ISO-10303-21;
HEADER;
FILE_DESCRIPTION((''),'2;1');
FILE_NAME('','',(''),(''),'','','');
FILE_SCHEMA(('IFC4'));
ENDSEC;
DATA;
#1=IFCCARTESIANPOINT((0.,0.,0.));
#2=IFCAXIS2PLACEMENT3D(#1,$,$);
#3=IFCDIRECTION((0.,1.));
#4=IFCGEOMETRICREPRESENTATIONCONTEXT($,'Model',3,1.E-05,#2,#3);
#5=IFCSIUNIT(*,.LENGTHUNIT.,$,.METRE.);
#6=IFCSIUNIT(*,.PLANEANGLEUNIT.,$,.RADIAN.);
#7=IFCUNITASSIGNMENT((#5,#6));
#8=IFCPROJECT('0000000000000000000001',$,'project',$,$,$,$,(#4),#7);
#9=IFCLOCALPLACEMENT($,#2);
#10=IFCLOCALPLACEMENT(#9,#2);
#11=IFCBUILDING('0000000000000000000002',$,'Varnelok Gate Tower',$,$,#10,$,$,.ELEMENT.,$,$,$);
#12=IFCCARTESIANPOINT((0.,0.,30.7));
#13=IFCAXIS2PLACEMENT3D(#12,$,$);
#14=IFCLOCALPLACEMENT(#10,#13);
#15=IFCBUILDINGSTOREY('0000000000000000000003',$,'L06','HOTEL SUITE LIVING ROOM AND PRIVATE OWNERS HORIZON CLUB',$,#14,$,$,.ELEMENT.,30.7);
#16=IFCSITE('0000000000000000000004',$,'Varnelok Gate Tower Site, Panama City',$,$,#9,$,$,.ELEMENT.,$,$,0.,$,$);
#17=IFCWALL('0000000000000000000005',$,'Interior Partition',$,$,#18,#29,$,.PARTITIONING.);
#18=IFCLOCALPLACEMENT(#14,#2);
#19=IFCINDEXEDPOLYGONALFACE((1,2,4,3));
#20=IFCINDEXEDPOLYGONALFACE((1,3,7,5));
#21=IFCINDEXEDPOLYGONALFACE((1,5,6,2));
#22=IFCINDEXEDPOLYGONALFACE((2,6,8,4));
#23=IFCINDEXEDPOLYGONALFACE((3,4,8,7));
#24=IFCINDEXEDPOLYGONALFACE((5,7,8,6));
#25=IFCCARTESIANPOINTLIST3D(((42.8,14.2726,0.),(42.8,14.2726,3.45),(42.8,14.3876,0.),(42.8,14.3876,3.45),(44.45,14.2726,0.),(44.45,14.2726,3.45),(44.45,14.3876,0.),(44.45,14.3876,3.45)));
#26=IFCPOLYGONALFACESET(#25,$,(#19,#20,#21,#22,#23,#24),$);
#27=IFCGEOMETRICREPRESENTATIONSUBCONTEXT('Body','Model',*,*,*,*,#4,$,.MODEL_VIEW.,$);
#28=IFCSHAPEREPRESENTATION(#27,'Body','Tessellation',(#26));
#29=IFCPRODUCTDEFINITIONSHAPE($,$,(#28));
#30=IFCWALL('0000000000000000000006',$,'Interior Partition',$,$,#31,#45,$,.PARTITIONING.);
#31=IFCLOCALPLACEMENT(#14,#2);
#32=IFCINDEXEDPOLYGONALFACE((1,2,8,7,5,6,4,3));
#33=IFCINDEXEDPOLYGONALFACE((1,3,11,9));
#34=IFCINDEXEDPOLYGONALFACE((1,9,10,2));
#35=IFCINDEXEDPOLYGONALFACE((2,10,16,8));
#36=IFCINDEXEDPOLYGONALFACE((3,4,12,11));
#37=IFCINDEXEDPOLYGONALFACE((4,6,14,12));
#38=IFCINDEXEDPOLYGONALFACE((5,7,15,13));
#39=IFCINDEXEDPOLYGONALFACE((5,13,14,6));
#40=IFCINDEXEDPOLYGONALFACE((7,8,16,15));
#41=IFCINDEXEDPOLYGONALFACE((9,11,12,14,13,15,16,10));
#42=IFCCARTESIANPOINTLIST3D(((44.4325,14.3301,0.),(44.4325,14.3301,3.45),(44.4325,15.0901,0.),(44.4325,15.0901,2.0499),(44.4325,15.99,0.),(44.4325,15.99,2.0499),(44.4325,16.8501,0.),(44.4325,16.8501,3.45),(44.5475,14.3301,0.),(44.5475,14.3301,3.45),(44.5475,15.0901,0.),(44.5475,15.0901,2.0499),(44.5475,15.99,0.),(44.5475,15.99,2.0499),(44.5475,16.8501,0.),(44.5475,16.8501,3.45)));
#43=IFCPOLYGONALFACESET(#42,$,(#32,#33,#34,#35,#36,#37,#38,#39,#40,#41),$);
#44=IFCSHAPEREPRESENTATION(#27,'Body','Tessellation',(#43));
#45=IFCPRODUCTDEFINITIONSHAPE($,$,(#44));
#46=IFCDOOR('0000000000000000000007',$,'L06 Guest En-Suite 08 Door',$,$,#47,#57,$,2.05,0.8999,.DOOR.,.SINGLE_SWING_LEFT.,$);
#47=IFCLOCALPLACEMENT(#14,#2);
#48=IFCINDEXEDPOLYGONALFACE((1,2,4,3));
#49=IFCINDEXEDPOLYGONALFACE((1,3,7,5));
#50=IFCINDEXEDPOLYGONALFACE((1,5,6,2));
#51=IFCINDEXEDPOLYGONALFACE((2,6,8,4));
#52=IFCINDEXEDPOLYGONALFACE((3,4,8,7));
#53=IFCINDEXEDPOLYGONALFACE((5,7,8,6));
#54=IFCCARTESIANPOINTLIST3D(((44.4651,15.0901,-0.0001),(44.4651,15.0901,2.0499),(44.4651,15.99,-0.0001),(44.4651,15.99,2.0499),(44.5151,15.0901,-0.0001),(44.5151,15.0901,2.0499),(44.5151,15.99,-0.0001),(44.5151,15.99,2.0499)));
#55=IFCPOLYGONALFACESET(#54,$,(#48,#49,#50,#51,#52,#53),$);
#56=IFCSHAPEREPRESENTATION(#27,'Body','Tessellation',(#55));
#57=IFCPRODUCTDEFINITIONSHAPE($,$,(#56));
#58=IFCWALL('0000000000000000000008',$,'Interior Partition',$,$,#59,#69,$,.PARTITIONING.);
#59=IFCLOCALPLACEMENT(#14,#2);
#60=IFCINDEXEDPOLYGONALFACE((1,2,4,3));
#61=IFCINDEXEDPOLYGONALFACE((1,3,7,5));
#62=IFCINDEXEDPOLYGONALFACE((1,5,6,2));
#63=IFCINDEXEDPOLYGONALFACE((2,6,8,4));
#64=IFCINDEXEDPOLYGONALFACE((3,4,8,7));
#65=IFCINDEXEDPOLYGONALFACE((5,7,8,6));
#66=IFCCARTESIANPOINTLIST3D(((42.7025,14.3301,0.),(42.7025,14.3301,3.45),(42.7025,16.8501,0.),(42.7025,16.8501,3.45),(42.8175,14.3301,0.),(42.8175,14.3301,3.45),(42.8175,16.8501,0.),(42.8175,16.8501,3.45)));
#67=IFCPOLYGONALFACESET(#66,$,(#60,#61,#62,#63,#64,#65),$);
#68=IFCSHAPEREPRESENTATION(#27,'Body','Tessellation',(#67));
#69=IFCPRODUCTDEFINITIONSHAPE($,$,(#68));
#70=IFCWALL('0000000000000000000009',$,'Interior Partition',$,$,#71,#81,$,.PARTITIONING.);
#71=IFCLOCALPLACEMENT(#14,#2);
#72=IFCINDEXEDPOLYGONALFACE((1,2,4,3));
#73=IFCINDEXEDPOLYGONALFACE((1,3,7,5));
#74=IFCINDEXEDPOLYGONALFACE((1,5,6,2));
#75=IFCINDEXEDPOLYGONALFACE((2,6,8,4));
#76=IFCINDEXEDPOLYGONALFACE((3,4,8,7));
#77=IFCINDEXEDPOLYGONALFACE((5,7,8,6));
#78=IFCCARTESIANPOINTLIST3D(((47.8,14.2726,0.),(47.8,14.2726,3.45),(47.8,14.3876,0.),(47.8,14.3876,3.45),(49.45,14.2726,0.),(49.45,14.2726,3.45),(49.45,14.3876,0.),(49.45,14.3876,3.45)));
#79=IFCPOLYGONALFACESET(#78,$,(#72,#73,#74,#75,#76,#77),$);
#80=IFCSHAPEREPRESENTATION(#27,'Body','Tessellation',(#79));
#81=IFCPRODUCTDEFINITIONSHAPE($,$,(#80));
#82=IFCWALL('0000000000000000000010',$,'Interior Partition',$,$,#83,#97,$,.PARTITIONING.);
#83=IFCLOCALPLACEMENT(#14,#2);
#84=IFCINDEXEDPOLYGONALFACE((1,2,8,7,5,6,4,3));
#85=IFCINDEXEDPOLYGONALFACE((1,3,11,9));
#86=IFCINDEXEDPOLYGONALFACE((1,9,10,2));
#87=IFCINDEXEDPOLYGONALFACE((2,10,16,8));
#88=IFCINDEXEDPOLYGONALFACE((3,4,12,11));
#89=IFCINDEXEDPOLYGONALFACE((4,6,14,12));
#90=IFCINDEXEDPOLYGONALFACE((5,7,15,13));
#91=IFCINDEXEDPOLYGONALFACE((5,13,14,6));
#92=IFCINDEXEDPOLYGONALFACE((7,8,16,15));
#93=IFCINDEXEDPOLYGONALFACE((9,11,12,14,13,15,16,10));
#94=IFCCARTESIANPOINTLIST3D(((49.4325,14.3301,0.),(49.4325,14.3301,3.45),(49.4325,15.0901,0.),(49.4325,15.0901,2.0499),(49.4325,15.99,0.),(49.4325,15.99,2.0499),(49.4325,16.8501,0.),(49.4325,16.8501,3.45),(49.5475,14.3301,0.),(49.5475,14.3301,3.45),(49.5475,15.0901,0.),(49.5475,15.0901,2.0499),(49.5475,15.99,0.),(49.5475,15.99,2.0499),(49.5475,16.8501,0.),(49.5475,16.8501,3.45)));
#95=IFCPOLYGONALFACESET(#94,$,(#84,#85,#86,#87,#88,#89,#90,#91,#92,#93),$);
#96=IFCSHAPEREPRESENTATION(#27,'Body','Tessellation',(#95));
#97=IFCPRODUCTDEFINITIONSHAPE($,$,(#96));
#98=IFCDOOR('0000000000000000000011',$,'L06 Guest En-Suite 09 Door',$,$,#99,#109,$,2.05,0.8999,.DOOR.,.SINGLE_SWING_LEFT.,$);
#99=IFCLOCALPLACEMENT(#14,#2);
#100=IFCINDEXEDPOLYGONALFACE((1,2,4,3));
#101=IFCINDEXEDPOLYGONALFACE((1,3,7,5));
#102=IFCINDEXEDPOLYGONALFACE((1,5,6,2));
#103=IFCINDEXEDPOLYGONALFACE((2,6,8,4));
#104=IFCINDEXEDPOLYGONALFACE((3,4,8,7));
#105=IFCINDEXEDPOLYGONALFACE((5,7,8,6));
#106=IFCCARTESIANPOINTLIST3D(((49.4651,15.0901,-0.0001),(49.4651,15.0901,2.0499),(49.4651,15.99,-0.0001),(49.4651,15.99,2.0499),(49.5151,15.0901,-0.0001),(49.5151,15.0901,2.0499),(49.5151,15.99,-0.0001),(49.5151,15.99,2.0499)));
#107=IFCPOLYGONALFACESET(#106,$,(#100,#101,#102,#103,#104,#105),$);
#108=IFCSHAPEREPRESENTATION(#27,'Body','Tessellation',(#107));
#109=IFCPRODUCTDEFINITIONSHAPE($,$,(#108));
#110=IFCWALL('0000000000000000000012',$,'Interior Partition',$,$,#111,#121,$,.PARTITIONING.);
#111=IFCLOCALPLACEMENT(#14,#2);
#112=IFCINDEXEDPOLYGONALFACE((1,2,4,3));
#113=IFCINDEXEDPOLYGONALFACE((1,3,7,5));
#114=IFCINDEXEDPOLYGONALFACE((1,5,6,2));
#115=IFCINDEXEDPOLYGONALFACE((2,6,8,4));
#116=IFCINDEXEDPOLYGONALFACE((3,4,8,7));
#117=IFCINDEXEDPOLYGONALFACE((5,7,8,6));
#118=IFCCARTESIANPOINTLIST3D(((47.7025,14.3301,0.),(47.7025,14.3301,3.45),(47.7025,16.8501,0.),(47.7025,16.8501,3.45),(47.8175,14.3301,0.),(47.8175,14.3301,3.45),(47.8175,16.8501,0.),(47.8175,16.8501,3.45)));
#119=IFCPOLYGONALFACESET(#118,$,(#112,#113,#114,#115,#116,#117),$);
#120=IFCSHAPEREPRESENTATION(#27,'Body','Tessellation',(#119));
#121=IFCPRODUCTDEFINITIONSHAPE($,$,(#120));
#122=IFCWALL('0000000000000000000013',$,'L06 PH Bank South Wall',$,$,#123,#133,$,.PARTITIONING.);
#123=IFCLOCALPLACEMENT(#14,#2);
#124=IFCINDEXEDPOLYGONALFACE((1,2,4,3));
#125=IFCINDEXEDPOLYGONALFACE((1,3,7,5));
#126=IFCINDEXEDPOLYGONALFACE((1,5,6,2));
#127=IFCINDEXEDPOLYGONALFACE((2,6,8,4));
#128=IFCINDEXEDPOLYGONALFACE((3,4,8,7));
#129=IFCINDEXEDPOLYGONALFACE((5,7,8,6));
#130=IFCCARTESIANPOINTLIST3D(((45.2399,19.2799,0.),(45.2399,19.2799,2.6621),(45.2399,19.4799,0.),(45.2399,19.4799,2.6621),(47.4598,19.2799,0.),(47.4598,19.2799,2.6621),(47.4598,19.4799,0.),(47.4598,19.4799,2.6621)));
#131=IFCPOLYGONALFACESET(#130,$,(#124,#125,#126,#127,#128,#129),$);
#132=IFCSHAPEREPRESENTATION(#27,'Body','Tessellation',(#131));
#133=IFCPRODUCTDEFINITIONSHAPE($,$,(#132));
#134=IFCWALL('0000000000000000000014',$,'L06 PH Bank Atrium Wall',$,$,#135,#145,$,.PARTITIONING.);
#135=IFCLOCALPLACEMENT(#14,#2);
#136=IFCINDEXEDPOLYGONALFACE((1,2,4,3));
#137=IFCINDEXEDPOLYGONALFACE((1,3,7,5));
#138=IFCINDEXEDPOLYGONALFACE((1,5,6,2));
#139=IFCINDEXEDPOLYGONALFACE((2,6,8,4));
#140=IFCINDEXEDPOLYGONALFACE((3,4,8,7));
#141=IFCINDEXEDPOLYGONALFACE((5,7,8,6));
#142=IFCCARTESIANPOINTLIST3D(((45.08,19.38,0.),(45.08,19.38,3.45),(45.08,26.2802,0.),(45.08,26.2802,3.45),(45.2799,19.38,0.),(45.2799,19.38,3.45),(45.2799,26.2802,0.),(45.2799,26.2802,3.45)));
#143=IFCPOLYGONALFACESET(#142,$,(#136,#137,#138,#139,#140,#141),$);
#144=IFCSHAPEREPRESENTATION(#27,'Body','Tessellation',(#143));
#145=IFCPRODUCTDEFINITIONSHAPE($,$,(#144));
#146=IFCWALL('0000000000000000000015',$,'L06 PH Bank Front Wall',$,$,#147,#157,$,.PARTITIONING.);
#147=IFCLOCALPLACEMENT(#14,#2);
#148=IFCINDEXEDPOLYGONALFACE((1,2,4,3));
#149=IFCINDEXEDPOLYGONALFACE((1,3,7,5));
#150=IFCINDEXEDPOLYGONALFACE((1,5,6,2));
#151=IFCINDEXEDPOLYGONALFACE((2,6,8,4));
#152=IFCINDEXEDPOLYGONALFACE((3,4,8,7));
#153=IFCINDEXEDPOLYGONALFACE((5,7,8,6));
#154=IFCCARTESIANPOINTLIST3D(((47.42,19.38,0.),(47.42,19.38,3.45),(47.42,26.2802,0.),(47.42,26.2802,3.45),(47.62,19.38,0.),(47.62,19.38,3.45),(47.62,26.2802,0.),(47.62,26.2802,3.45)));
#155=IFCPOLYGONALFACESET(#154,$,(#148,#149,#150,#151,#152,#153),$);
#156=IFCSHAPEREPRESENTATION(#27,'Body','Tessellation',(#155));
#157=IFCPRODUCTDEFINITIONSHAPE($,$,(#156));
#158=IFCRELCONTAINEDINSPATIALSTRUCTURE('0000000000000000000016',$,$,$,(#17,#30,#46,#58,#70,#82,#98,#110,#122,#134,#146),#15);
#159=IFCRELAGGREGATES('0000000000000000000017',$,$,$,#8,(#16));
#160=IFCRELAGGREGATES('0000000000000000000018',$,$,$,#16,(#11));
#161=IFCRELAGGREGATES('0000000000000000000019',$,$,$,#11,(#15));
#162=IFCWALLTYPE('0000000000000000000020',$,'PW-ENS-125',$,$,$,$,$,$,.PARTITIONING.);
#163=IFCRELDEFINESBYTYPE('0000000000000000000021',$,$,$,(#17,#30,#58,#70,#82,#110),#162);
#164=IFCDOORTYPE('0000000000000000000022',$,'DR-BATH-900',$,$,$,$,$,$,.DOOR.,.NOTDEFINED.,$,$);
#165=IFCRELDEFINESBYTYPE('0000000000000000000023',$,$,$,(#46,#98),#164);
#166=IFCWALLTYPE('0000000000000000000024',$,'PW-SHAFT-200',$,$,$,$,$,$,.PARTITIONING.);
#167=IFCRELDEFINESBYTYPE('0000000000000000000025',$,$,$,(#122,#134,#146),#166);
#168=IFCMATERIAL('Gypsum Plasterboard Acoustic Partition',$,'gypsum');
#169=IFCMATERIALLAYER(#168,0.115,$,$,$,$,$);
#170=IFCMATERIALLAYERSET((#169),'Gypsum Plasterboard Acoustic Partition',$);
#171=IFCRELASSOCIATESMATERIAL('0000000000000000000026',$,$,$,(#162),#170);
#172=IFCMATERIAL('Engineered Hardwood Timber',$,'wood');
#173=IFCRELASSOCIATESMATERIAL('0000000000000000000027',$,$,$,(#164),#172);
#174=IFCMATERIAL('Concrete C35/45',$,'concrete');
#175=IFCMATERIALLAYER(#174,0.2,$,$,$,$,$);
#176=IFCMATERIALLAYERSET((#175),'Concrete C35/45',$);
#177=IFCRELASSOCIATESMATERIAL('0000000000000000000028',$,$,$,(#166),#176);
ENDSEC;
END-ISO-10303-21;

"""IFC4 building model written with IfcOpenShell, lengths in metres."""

from ifc_helpers import new_model, si_unit, direction, frame, frame_2d, origin, place, context, subcontext, project, spatial, rectangle, extrude, material, layer, layer_set, type_object, element, fill, save


model = new_model("IFC4")

# Units and contexts
model_context = context("Model", 3, precision=1e-05, world=origin(), true_north=direction((0.0, 1.0)))
body_context = subcontext(model_context, "Body", "Model", "MODEL_VIEW")
ifc_project = project(units=[si_unit("LENGTHUNIT", "METRE"), si_unit("PLANEANGLEUNIT", "RADIAN")], contexts=[model_context])

# Site, building, storey
site_placement = place(None, origin())
site = spatial("IfcSite", under=ifc_project, at=site_placement, Name="Varnelok Gate Tower Site, Panama City", CompositionType="ELEMENT", RefElevation=0.0)
building_placement = place(site_placement, origin())
building = spatial("IfcBuilding", under=site, at=building_placement, Name="Varnelok Gate Tower", CompositionType="ELEMENT")
storey_placement = place(building_placement, frame((0.0, 0.0, 30.7)))
storey = spatial("IfcBuildingStorey", under=building, at=storey_placement, Name="L06", Description="HOTEL SUITE LIVING ROOM AND PRIVATE OWNERS HORIZON CLUB", CompositionType="ELEMENT", Elevation=30.7)

# Shared definitions
ifc_material_1 = material(Name="Gypsum Plasterboard Acoustic Partition", Category="gypsum")
ifc_material_2 = material(Name="Engineered Hardwood Timber", Category="wood")

# Wall
ifc_layer_1 = layer(ifc_material_1, 0.115)
ifc_layer_set_1 = layer_set([ifc_layer_1], Name="Gypsum Plasterboard Acoustic Partition")
wall_type_1 = type_object("IfcWallType", Name="PW-ENS-125", PredefinedType="PARTITIONING", material=ifc_layer_set_1)
wall_1_placement = place(storey_placement, frame((42.8, 14.3301, 0.0), z_axis=(0.0, 0.0, 1.0), x_axis=(1.0, 0.0, 0.0)))
element("IfcWall", 1, at=wall_1_placement, inside=storey, type_object=wall_type_1, Name="Interior Partition", PredefinedType="PARTITIONING", context=body_context, shape_type="SweptSolid", body=[
    extrude(rectangle(XDim=1.6499, YDim=0.115, at=frame_2d((0.825, 0.0))), origin(), (0.0, 0.0, 1.0), 3.45),
])

# Wall, opening, door
wall_2_placement = place(storey_placement, frame((44.49, 14.3301, 0.0), z_axis=(0.0, 0.0, 1.0), x_axis=(0.0, 1.0, 0.0)))
wall_2 = element("IfcWall", 2, at=wall_2_placement, inside=storey, type_object=wall_type_1, Name="Interior Partition", PredefinedType="PARTITIONING", context=body_context, shape_type="SweptSolid", body=[
    extrude(rectangle(XDim=2.52, YDim=0.115, at=frame_2d((1.26, 0.0))), origin(), (0.0, 0.0, 1.0), 3.45),
])
opening_1_placement = place(wall_2_placement, frame((0.76, 0.0, 0.0)))
opening_1 = element("IfcOpeningElement", 3, at=opening_1_placement, cuts=wall_2, PredefinedType="OPENING", context=body_context, shape_type="SweptSolid", body=[
    extrude(rectangle(XDim=0.8999, YDim=2.05, at=frame_2d((0.45, 1.0249))), frame((0.0, 0.0674, 0.0), z_axis=(0.0, -1.0, 0.0), x_axis=(1.0, 0.0, 0.0)), (0.0, 0.0, 1.0), 0.135),
])
door_type_1 = type_object("IfcDoorType", Name="DR-BATH-900", OperationType="NOTDEFINED", PredefinedType="DOOR", material=ifc_material_2)
door_1_placement = place(opening_1_placement, origin())
door_1 = element("IfcDoor", 4, at=door_1_placement, inside=storey, type_object=door_type_1, Name="L06 Guest En-Suite 08 Door", OperationType="SINGLE_SWING_LEFT", OverallHeight=2.05, OverallWidth=0.8999, PredefinedType="DOOR", context=body_context, shape_type="SweptSolid", body=[
    extrude(rectangle(XDim=0.8999, YDim=2.05, at=frame_2d((0.45, 1.0249))), frame((0.0, 0.0249, 0.0), z_axis=(0.0, -1.0, 0.0), x_axis=(1.0, 0.0, 0.0)), (0.0, 0.0, 1.0), 0.05),
])
fill(opening_1, door_1)

# Walls
wall_3_placement = place(storey_placement, frame((42.76, 14.3301, 0.0), z_axis=(0.0, 0.0, 1.0), x_axis=(0.0, 1.0, 0.0)))
element("IfcWall", 5, at=wall_3_placement, inside=storey, type_object=wall_type_1, Name="Interior Partition", PredefinedType="PARTITIONING", context=body_context, shape_type="SweptSolid", body=[
    extrude(rectangle(XDim=2.52, YDim=0.115, at=frame_2d((1.26, 0.0))), origin(), (0.0, 0.0, 1.0), 3.45),
])
wall_4_placement = place(storey_placement, frame((47.8, 14.3301, 0.0), z_axis=(0.0, 0.0, 1.0), x_axis=(1.0, 0.0, 0.0)))
element("IfcWall", 6, at=wall_4_placement, inside=storey, type_object=wall_type_1, Name="Interior Partition", PredefinedType="PARTITIONING", context=body_context, shape_type="SweptSolid", body=[
    extrude(rectangle(XDim=1.6499, YDim=0.115, at=frame_2d((0.825, 0.0))), origin(), (0.0, 0.0, 1.0), 3.45),
])

# Wall, opening, door
wall_5_placement = place(storey_placement, frame((49.49, 14.3301, 0.0), z_axis=(0.0, 0.0, 1.0), x_axis=(0.0, 1.0, 0.0)))
wall_5 = element("IfcWall", 7, at=wall_5_placement, inside=storey, type_object=wall_type_1, Name="Interior Partition", PredefinedType="PARTITIONING", context=body_context, shape_type="SweptSolid", body=[
    extrude(rectangle(XDim=2.52, YDim=0.115, at=frame_2d((1.26, 0.0))), origin(), (0.0, 0.0, 1.0), 3.45),
])
opening_2_placement = place(wall_5_placement, frame((0.76, 0.0, 0.0)))
opening_2 = element("IfcOpeningElement", 8, at=opening_2_placement, cuts=wall_5, PredefinedType="OPENING", context=body_context, shape_type="SweptSolid", body=[
    extrude(rectangle(XDim=0.8999, YDim=2.05, at=frame_2d((0.45, 1.0249))), frame((0.0, 0.0674, 0.0), z_axis=(0.0, -1.0, 0.0), x_axis=(1.0, 0.0, 0.0)), (0.0, 0.0, 1.0), 0.135),
])
door_2_placement = place(opening_2_placement, origin())
door_2 = element("IfcDoor", 9, at=door_2_placement, inside=storey, type_object=door_type_1, Name="L06 Guest En-Suite 09 Door", OperationType="SINGLE_SWING_LEFT", OverallHeight=2.05, OverallWidth=0.8999, PredefinedType="DOOR", context=body_context, shape_type="SweptSolid", body=[
    extrude(rectangle(XDim=0.8999, YDim=2.05, at=frame_2d((0.45, 1.0249))), frame((0.0, 0.0249, 0.0), z_axis=(0.0, -1.0, 0.0), x_axis=(1.0, 0.0, 0.0)), (0.0, 0.0, 1.0), 0.05),
])
fill(opening_2, door_2)

# Walls
wall_6_placement = place(storey_placement, frame((47.76, 14.3301, 0.0), z_axis=(0.0, 0.0, 1.0), x_axis=(0.0, 1.0, 0.0)))
element("IfcWall", 10, at=wall_6_placement, inside=storey, type_object=wall_type_1, Name="Interior Partition", PredefinedType="PARTITIONING", context=body_context, shape_type="SweptSolid", body=[
    extrude(rectangle(XDim=2.52, YDim=0.115, at=frame_2d((1.26, 0.0))), origin(), (0.0, 0.0, 1.0), 3.45),
])
ifc_material_3 = material(Name="Concrete C35/45", Category="concrete")
ifc_layer_2 = layer(ifc_material_3, 0.2)
ifc_layer_set_2 = layer_set([ifc_layer_2], Name="Concrete C35/45")
wall_type_2 = type_object("IfcWallType", Name="PW-SHAFT-200", PredefinedType="PARTITIONING", material=ifc_layer_set_2)
wall_7_placement = place(storey_placement, frame((45.24, 19.3799, 0.0), z_axis=(0.0, 0.0, 1.0), x_axis=(1.0, 0.0, 0.0)))
element("IfcWall", 11, at=wall_7_placement, inside=storey, type_object=wall_type_2, Name="L06 PH Bank South Wall", PredefinedType="PARTITIONING", context=body_context, shape_type="SweptSolid", body=[
    extrude(rectangle(XDim=2.22, YDim=0.2, at=frame_2d((1.1099, 0.0))), origin(), (0.0, 0.0, 1.0), 2.6621),
])
for number, where, z_axis, x_axis, name in (
    (12, (45.1799, 19.3799, 0.0), (0.0, 0.0, 1.0), (0.0, 1.0, 0.0), "L06 PH Bank Atrium Wall"),
    (13, (47.52, 19.3799, 0.0), (0.0, 0.0, 1.0), (0.0, 1.0, 0.0), "L06 PH Bank Front Wall"),
):
    element("IfcWall", number, at=place(storey_placement, frame(where, z_axis=z_axis, x_axis=x_axis)), inside=storey, type_object=wall_type_2, Name=name, PredefinedType="PARTITIONING", context=body_context, shape_type="SweptSolid", body=[
        extrude(rectangle(XDim=6.9001, YDim=0.2, at=frame_2d((3.4502, 0.0))), origin(), (0.0, 0.0, 1.0), 3.45),
    ])

save(model, "model.ifc")
